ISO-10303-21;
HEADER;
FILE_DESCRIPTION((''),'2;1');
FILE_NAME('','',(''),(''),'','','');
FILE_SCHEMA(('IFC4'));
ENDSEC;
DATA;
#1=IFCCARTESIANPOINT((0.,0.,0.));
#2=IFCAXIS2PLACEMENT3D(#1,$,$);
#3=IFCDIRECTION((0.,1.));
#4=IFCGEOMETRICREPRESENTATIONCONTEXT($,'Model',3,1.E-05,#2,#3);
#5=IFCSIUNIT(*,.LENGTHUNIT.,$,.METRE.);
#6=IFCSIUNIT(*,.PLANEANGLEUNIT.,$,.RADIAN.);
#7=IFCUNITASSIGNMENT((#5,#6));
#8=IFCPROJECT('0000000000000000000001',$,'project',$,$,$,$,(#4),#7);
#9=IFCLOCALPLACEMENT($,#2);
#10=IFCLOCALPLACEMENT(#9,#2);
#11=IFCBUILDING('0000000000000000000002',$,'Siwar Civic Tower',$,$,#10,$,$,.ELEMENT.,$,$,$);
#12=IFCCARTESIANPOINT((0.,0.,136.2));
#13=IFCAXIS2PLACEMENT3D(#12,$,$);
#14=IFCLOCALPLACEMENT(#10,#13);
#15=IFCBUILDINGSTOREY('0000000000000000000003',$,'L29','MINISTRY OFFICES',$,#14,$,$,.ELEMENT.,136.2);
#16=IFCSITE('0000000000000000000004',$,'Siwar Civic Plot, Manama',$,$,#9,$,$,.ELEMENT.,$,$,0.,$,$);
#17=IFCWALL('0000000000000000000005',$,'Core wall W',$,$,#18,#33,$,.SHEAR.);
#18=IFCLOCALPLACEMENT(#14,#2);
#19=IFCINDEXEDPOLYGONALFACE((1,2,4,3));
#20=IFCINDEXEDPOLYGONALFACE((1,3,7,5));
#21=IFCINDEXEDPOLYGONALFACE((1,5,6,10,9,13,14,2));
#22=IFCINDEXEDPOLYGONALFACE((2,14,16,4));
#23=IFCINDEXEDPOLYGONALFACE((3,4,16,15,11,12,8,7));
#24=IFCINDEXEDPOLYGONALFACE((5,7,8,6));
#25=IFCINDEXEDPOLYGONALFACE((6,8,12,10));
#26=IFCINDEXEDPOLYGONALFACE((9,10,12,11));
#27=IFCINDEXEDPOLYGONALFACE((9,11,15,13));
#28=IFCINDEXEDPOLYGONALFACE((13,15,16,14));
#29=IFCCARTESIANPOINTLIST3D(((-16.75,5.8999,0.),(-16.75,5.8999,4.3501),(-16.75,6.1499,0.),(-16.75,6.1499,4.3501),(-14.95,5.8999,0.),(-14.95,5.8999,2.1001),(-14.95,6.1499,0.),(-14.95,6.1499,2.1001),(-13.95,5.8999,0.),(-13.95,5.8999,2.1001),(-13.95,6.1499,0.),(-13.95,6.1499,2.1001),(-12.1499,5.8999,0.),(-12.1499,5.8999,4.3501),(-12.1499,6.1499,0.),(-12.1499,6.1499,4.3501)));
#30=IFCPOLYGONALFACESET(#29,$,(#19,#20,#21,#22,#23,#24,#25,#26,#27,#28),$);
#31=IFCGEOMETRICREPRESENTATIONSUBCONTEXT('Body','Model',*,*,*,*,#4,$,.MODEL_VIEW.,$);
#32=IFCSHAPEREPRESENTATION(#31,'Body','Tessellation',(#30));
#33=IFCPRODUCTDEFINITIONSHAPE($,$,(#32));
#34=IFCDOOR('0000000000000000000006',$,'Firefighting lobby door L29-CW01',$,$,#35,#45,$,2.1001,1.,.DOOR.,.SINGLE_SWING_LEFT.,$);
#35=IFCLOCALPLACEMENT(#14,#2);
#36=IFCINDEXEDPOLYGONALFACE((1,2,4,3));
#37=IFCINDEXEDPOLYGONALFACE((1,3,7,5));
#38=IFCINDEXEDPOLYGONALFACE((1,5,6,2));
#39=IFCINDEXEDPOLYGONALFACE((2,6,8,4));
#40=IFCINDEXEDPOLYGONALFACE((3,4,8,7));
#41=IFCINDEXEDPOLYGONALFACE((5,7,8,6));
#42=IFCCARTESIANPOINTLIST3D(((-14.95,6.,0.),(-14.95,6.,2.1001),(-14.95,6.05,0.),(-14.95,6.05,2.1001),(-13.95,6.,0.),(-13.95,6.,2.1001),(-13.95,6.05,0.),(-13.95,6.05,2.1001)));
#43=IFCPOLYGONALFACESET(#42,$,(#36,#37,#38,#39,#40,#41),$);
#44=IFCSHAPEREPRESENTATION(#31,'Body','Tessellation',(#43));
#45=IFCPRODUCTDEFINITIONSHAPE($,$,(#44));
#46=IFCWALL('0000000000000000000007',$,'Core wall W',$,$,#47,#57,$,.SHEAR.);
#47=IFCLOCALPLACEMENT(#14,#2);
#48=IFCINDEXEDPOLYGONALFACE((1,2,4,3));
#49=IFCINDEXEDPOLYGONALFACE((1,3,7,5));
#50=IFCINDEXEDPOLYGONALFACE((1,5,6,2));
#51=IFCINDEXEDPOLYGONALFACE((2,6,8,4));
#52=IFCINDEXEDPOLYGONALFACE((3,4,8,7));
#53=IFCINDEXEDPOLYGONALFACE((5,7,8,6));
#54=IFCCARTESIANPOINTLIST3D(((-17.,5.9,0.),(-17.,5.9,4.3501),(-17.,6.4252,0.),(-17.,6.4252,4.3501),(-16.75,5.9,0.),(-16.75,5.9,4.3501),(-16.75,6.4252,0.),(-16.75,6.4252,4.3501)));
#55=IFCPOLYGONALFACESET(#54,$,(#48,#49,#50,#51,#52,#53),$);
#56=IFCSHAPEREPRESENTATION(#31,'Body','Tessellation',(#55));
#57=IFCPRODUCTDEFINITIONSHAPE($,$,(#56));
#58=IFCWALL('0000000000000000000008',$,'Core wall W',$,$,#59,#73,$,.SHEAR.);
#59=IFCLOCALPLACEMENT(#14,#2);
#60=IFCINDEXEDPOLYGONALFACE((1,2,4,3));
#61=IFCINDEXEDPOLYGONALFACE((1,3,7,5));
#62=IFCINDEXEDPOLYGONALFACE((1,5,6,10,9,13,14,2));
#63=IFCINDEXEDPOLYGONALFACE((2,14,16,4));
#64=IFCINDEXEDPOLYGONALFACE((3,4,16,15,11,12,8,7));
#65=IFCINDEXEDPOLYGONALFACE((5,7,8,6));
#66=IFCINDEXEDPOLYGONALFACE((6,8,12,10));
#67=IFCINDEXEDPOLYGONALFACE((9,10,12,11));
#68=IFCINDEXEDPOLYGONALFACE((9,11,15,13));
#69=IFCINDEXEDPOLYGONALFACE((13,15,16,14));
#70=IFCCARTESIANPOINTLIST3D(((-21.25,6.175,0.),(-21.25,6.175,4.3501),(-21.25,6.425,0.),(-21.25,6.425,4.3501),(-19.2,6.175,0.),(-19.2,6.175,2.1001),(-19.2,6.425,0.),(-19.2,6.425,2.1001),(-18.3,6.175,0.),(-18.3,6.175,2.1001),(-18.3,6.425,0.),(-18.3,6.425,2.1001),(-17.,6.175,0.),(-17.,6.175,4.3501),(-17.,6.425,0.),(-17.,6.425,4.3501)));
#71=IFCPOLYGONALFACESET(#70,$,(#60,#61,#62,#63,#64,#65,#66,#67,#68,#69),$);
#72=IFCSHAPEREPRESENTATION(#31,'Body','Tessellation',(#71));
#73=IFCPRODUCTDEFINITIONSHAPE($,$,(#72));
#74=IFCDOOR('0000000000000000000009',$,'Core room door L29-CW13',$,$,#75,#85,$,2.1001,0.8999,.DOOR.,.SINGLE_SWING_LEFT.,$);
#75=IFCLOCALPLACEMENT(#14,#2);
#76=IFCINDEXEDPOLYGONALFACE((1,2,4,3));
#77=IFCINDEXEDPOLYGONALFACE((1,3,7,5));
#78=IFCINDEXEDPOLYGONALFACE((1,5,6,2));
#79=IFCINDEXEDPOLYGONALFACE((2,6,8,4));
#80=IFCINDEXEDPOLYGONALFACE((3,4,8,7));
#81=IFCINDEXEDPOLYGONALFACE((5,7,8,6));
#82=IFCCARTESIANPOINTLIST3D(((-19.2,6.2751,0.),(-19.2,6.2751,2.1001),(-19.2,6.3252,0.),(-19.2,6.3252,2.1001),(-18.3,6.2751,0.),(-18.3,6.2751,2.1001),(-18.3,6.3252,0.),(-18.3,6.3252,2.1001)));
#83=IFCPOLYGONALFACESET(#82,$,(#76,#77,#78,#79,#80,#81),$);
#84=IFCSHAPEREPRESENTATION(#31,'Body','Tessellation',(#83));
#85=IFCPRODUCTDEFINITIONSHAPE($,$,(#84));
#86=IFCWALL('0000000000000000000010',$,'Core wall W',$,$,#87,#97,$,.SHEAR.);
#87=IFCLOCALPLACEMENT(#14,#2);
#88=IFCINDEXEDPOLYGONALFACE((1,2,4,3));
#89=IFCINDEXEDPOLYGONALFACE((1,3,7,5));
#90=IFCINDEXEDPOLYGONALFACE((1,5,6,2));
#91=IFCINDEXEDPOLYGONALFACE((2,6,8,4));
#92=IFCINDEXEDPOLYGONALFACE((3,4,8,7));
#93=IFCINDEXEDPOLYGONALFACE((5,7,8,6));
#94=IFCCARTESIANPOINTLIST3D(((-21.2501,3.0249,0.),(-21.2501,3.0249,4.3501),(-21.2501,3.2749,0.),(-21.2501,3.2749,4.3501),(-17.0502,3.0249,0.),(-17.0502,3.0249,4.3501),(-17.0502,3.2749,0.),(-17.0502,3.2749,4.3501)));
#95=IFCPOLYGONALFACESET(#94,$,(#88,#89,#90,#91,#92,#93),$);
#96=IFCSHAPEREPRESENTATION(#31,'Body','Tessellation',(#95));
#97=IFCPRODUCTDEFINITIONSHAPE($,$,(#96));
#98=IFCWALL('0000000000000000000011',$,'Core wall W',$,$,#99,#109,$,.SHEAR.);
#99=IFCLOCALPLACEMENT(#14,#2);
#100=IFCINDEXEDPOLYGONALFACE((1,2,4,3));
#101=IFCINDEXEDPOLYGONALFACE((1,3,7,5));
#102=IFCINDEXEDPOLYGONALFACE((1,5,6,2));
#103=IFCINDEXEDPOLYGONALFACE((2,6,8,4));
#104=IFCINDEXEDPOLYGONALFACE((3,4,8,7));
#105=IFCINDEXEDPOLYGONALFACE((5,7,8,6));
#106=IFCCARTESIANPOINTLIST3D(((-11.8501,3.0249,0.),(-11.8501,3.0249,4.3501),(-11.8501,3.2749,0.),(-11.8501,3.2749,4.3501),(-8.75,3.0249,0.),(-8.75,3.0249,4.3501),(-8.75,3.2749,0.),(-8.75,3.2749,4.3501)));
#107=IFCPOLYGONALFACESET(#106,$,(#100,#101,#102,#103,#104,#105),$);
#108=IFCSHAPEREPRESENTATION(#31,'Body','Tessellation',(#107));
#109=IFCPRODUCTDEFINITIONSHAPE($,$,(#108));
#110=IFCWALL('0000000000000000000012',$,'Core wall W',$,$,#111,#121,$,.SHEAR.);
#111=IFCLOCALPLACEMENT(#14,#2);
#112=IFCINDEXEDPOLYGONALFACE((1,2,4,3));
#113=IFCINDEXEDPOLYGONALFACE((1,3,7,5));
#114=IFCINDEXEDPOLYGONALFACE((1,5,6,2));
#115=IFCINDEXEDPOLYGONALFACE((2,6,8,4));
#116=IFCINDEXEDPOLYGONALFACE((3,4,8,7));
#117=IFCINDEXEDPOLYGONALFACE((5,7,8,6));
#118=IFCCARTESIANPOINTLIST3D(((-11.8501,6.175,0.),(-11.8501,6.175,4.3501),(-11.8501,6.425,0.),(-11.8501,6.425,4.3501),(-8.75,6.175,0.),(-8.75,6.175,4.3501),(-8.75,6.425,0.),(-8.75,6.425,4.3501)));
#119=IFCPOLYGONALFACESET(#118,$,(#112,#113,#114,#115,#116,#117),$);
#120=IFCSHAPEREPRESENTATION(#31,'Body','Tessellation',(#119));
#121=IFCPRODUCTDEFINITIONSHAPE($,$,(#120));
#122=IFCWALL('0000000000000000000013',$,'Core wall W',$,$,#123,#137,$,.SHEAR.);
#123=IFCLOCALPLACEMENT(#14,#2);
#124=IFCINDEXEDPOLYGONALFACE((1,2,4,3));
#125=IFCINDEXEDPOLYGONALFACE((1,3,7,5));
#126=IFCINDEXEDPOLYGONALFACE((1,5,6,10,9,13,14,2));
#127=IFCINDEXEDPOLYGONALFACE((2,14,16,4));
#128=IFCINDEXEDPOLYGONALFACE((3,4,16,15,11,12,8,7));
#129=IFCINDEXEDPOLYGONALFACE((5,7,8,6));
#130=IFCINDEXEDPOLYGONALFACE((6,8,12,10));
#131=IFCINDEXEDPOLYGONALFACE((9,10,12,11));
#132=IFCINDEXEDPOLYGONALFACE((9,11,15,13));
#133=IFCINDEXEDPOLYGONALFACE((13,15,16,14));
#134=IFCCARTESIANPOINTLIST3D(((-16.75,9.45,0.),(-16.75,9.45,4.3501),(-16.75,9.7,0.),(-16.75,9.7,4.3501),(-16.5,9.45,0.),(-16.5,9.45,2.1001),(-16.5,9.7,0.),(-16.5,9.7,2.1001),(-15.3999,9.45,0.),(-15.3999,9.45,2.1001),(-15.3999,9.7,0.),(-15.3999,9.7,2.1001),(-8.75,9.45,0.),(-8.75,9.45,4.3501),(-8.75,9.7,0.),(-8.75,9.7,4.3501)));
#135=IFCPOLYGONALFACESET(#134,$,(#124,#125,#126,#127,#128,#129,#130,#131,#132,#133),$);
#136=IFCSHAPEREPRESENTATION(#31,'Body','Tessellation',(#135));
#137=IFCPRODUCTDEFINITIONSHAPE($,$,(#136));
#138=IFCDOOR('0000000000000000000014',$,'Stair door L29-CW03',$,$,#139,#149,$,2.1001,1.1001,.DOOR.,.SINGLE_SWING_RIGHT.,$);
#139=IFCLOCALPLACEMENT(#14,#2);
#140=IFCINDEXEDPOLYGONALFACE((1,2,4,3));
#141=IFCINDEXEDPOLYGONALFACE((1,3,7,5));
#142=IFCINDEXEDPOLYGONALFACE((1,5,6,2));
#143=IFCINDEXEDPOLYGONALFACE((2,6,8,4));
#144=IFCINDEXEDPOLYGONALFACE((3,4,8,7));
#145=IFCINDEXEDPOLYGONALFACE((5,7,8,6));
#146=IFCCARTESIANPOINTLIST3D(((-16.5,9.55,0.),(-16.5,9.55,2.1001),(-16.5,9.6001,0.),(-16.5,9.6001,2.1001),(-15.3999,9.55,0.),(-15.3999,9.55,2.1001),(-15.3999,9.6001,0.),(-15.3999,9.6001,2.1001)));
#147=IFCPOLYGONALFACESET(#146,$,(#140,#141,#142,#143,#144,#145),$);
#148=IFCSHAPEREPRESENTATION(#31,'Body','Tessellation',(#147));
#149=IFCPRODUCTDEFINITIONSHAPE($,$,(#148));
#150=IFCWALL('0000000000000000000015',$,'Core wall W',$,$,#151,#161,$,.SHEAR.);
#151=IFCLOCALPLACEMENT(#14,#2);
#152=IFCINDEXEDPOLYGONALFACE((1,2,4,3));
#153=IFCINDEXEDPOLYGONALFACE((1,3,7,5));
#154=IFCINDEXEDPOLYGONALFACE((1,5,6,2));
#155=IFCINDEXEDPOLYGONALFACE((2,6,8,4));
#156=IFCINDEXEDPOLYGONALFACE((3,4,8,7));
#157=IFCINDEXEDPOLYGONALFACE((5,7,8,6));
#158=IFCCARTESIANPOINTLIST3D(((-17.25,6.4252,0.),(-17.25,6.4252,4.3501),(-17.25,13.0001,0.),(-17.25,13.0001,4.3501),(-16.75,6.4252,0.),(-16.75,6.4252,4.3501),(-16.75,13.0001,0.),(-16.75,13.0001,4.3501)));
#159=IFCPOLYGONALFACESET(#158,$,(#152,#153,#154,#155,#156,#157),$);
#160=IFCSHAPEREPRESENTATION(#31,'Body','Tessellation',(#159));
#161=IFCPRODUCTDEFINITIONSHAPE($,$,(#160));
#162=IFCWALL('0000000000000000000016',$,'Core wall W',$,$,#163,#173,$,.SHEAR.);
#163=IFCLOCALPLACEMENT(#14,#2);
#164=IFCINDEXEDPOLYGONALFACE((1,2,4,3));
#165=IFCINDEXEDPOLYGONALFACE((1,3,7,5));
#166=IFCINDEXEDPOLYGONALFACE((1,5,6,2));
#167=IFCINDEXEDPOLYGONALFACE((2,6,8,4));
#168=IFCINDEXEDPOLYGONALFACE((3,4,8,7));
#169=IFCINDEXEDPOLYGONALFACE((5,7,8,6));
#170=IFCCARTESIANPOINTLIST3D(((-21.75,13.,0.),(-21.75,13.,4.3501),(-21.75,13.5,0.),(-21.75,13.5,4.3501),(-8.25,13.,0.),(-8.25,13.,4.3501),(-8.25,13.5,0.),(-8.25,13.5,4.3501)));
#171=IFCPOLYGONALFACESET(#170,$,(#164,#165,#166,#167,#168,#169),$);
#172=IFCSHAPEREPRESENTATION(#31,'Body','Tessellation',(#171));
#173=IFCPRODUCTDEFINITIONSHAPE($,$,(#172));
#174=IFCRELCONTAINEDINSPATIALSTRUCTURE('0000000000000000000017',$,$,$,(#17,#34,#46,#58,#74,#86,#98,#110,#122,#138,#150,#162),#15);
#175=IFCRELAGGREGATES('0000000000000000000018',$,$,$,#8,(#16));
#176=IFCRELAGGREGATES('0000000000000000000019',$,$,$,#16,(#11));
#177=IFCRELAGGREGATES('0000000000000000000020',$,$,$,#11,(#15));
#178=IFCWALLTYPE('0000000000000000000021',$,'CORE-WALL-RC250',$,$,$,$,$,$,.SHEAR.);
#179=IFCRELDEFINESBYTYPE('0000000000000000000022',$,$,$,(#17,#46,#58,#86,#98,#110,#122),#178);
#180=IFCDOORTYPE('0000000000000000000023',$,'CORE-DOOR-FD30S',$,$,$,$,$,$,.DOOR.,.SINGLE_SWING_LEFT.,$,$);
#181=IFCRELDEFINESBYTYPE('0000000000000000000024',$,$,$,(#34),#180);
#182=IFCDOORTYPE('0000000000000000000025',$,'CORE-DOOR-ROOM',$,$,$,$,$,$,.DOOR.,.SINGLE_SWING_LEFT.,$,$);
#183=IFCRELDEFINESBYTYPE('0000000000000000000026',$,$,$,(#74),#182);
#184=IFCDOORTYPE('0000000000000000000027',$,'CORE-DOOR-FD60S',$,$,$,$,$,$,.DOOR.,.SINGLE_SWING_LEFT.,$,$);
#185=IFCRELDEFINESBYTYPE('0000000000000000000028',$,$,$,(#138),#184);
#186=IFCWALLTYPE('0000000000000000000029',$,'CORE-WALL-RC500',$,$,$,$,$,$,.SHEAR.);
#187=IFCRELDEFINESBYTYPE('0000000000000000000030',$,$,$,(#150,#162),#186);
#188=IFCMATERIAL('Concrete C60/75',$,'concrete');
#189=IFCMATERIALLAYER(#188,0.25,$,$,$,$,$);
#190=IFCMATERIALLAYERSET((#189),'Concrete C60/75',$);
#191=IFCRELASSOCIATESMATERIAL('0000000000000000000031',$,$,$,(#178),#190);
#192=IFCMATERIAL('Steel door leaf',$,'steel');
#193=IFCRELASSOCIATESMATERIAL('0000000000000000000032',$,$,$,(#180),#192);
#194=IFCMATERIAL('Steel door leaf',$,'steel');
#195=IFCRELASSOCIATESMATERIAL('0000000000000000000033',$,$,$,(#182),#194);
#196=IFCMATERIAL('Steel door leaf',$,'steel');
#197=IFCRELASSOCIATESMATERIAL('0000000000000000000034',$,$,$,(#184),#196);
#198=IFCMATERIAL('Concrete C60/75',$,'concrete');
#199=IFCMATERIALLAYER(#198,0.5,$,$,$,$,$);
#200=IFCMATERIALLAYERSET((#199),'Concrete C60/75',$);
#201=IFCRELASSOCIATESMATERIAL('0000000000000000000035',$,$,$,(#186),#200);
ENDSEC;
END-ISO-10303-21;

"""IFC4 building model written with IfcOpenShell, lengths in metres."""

from ifc_helpers import new_model, si_unit, direction, frame, frame_2d, origin, place, context, subcontext, project, spatial, rectangle, extrude, material, layer, layer_set, type_object, element, fill, save


model = new_model("IFC4")

# Units and contexts
model_context = context("Model", 3, precision=1e-05, world=origin(), true_north=direction((0.0, 1.0)))
body_context = subcontext(model_context, "Body", "Model", "MODEL_VIEW")
ifc_project = project(units=[si_unit("LENGTHUNIT", "METRE"), si_unit("PLANEANGLEUNIT", "RADIAN")], contexts=[model_context])

# Site, building, storey
site_placement = place(None, origin())
site = spatial("IfcSite", under=ifc_project, at=site_placement, Name="Siwar Civic Plot, Manama", CompositionType="ELEMENT", RefElevation=0.0)
building_placement = place(site_placement, origin())
building = spatial("IfcBuilding", under=site, at=building_placement, Name="Siwar Civic Tower", CompositionType="ELEMENT")
storey_placement = place(building_placement, frame((0.0, 0.0, 136.2)))
storey = spatial("IfcBuildingStorey", under=building, at=storey_placement, Name="L29", Description="MINISTRY OFFICES", CompositionType="ELEMENT", Elevation=136.2)

# Wall, opening, door
ifc_material_1 = material(Name="Concrete C60/75", Category="concrete")
ifc_layer_1 = layer(ifc_material_1, 0.25)
ifc_layer_set_1 = layer_set([ifc_layer_1], Name="Concrete C60/75")
wall_type_1 = type_object("IfcWallType", Name="CORE-WALL-RC250", PredefinedType="SHEAR", material=ifc_layer_set_1)
wall_1_placement = place(storey_placement, frame((-12.1499, 6.0249, 0.0), z_axis=(0.0, 0.0, 1.0), x_axis=(-1.0, 0.0, 0.0)))
wall_1 = element("IfcWall", 1, at=wall_1_placement, inside=storey, type_object=wall_type_1, Name="Core wall W", PredefinedType="SHEAR", context=body_context, shape_type="SweptSolid", body=[
    extrude(rectangle(XDim=4.6001, YDim=0.25, at=frame_2d((2.3, 0.0))), origin(), (0.0, 0.0, 1.0), 4.3501),
])
opening_1_placement = place(wall_1_placement, frame((1.8, 0.0, 0.0)))
opening_1 = element("IfcOpeningElement", 2, at=opening_1_placement, cuts=wall_1, PredefinedType="OPENING", context=body_context, shape_type="SweptSolid", body=[
    extrude(rectangle(XDim=1.0, YDim=2.1001, at=frame_2d((0.5, 1.05))), frame((0.0, 0.135, 0.0), z_axis=(0.0, -1.0, 0.0), x_axis=(1.0, 0.0, 0.0)), (0.0, 0.0, 1.0), 0.27),
])
ifc_material_2 = material(Name="Steel door leaf", Category="steel")
door_type_1 = type_object("IfcDoorType", Name="CORE-DOOR-FD30S", OperationType="SINGLE_SWING_LEFT", PredefinedType="DOOR", material=ifc_material_2)
door_1_placement = place(opening_1_placement, origin())
door_1 = element("IfcDoor", 3, at=door_1_placement, inside=storey, type_object=door_type_1, Name="Firefighting lobby door L29-CW01", OperationType="SINGLE_SWING_LEFT", OverallHeight=2.1001, OverallWidth=1.0, PredefinedType="DOOR", context=body_context, shape_type="SweptSolid", body=[
    extrude(rectangle(XDim=1.0, YDim=2.1001, at=frame_2d((0.5, 1.05))), frame((0.0, 0.0249, 0.0), z_axis=(0.0, -1.0, 0.0), x_axis=(1.0, 0.0, 0.0)), (0.0, 0.0, 1.0), 0.05),
])
fill(opening_1, door_1)

# Wall
wall_2_placement = place(storey_placement, frame((-16.875, 5.8999, 0.0), z_axis=(0.0, 0.0, 1.0), x_axis=(0.0, 1.0, 0.0)))
element("IfcWall", 4, at=wall_2_placement, inside=storey, type_object=wall_type_1, Name="Core wall W", PredefinedType="SHEAR", context=body_context, shape_type="SweptSolid", body=[
    extrude(rectangle(XDim=0.5251, YDim=0.25, at=frame_2d((0.2627, 0.0))), origin(), (0.0, 0.0, 1.0), 4.3501),
])

# Wall, opening, door
wall_3_placement = place(storey_placement, frame((-17.0, 6.3, 0.0), z_axis=(0.0, 0.0, 1.0), x_axis=(-1.0, 0.0, 0.0)))
wall_3 = element("IfcWall", 5, at=wall_3_placement, inside=storey, type_object=wall_type_1, Name="Core wall W", PredefinedType="SHEAR", context=body_context, shape_type="SweptSolid", body=[
    extrude(rectangle(XDim=4.25, YDim=0.25, at=frame_2d((2.125, 0.0))), origin(), (0.0, 0.0, 1.0), 4.3501),
])
opening_2_placement = place(wall_3_placement, frame((1.3, 0.0, 0.0)))
opening_2 = element("IfcOpeningElement", 6, at=opening_2_placement, cuts=wall_3, PredefinedType="OPENING", context=body_context, shape_type="SweptSolid", body=[
    extrude(rectangle(XDim=0.8999, YDim=2.1001, at=frame_2d((0.45, 1.05))), frame((0.0, 0.135, 0.0), z_axis=(0.0, -1.0, 0.0), x_axis=(1.0, 0.0, 0.0)), (0.0, 0.0, 1.0), 0.27),
])
ifc_material_3 = material(Name="Steel door leaf", Category="steel")
door_type_2 = type_object("IfcDoorType", Name="CORE-DOOR-ROOM", OperationType="SINGLE_SWING_LEFT", PredefinedType="DOOR", material=ifc_material_3)
door_2_placement = place(opening_2_placement, origin())
door_2 = element("IfcDoor", 7, at=door_2_placement, inside=storey, type_object=door_type_2, Name="Core room door L29-CW13", OperationType="SINGLE_SWING_LEFT", OverallHeight=2.1001, OverallWidth=0.8999, PredefinedType="DOOR", context=body_context, shape_type="SweptSolid", body=[
    extrude(rectangle(XDim=0.8999, YDim=2.1001, at=frame_2d((0.45, 1.05))), frame((0.0, 0.0249, 0.0), z_axis=(0.0, -1.0, 0.0), x_axis=(1.0, 0.0, 0.0)), (0.0, 0.0, 1.0), 0.05),
])
fill(opening_2, door_2)

# Walls
wall_4_placement = place(storey_placement, frame((-17.05, 3.1499, 0.0), z_axis=(0.0, 0.0, 1.0), x_axis=(-1.0, 0.0, 0.0)))
element("IfcWall", 8, at=wall_4_placement, inside=storey, type_object=wall_type_1, Name="Core wall W", PredefinedType="SHEAR", context=body_context, shape_type="SweptSolid", body=[
    extrude(rectangle(XDim=4.2, YDim=0.25, at=frame_2d((2.1001, 0.0))), origin(), (0.0, 0.0, 1.0), 4.3501),
])
for number, where, z_axis, x_axis, name in (
    (9, (-8.75, 3.1499, 0.0), (0.0, 0.0, 1.0), (-1.0, 0.0, 0.0), "Core wall W"),
    (10, (-8.75, 6.3, 0.0), (0.0, 0.0, 1.0), (-1.0, 0.0, 0.0), "Core wall W"),
):
    element("IfcWall", number, at=place(storey_placement, frame(where, z_axis=z_axis, x_axis=x_axis)), inside=storey, type_object=wall_type_1, Name=name, PredefinedType="SHEAR", context=body_context, shape_type="SweptSolid", body=[
        extrude(rectangle(XDim=3.1001, YDim=0.25, at=frame_2d((1.55, 0.0))), origin(), (0.0, 0.0, 1.0), 4.3501),
    ])

# Wall, opening, door
wall_5_placement = place(storey_placement, frame((-8.75, 9.575, 0.0), z_axis=(0.0, 0.0, 1.0), x_axis=(-1.0, 0.0, 0.0)))
wall_5 = element("IfcWall", 11, at=wall_5_placement, inside=storey, type_object=wall_type_1, Name="Core wall W", PredefinedType="SHEAR", context=body_context, shape_type="SweptSolid", body=[
    extrude(rectangle(XDim=8.0, YDim=0.25, at=frame_2d((4.0, 0.0))), origin(), (0.0, 0.0, 1.0), 4.3501),
])
opening_3_placement = place(wall_5_placement, frame((6.6499, 0.0, 0.0)))
opening_3 = element("IfcOpeningElement", 12, at=opening_3_placement, cuts=wall_5, PredefinedType="OPENING", context=body_context, shape_type="SweptSolid", body=[
    extrude(rectangle(XDim=1.1001, YDim=2.1001, at=frame_2d((0.55, 1.05))), frame((0.0, 0.135, 0.0), z_axis=(0.0, -1.0, 0.0), x_axis=(1.0, 0.0, 0.0)), (0.0, 0.0, 1.0), 0.27),
])
ifc_material_4 = material(Name="Steel door leaf", Category="steel")
door_type_3 = type_object("IfcDoorType", Name="CORE-DOOR-FD60S", OperationType="SINGLE_SWING_LEFT", PredefinedType="DOOR", material=ifc_material_4)
door_3_placement = place(opening_3_placement, origin())
door_3 = element("IfcDoor", 13, at=door_3_placement, inside=storey, type_object=door_type_3, Name="Stair door L29-CW03", OperationType="SINGLE_SWING_RIGHT", OverallHeight=2.1001, OverallWidth=1.1001, PredefinedType="DOOR", context=body_context, shape_type="SweptSolid", body=[
    extrude(rectangle(XDim=1.1001, YDim=2.1001, at=frame_2d((0.55, 1.05))), frame((0.0, 0.0249, 0.0), z_axis=(0.0, -1.0, 0.0), x_axis=(1.0, 0.0, 0.0)), (0.0, 0.0, 1.0), 0.05),
])
fill(opening_3, door_3)

# Walls
ifc_material_5 = material(Name="Concrete C60/75", Category="concrete")
ifc_layer_2 = layer(ifc_material_5, 0.5)
ifc_layer_set_2 = layer_set([ifc_layer_2], Name="Concrete C60/75")
wall_type_2 = type_object("IfcWallType", Name="CORE-WALL-RC500", PredefinedType="SHEAR", material=ifc_layer_set_2)
wall_6_placement = place(storey_placement, frame((-17.0, 6.425, 0.0), z_axis=(0.0, 0.0, 1.0), x_axis=(0.0, 1.0, 0.0)))
element("IfcWall", 14, at=wall_6_placement, inside=storey, type_object=wall_type_2, Name="Core wall W", PredefinedType="SHEAR", context=body_context, shape_type="SweptSolid", body=[
    extrude(rectangle(XDim=6.575, YDim=0.5, at=frame_2d((3.2876, 0.0))), origin(), (0.0, 0.0, 1.0), 4.3501),
])
wall_7_placement = place(storey_placement, frame((-8.25, 13.25, 0.0), z_axis=(0.0, 0.0, 1.0), x_axis=(-1.0, 0.0, 0.0)))
element("IfcWall", 15, at=wall_7_placement, inside=storey, type_object=wall_type_2, Name="Core wall W", PredefinedType="SHEAR", context=body_context, shape_type="SweptSolid", body=[
    extrude(rectangle(XDim=13.5, YDim=0.5, at=frame_2d((6.75, 0.0))), origin(), (0.0, 0.0, 1.0), 4.3501),
])

save(model, "model.ifc")
